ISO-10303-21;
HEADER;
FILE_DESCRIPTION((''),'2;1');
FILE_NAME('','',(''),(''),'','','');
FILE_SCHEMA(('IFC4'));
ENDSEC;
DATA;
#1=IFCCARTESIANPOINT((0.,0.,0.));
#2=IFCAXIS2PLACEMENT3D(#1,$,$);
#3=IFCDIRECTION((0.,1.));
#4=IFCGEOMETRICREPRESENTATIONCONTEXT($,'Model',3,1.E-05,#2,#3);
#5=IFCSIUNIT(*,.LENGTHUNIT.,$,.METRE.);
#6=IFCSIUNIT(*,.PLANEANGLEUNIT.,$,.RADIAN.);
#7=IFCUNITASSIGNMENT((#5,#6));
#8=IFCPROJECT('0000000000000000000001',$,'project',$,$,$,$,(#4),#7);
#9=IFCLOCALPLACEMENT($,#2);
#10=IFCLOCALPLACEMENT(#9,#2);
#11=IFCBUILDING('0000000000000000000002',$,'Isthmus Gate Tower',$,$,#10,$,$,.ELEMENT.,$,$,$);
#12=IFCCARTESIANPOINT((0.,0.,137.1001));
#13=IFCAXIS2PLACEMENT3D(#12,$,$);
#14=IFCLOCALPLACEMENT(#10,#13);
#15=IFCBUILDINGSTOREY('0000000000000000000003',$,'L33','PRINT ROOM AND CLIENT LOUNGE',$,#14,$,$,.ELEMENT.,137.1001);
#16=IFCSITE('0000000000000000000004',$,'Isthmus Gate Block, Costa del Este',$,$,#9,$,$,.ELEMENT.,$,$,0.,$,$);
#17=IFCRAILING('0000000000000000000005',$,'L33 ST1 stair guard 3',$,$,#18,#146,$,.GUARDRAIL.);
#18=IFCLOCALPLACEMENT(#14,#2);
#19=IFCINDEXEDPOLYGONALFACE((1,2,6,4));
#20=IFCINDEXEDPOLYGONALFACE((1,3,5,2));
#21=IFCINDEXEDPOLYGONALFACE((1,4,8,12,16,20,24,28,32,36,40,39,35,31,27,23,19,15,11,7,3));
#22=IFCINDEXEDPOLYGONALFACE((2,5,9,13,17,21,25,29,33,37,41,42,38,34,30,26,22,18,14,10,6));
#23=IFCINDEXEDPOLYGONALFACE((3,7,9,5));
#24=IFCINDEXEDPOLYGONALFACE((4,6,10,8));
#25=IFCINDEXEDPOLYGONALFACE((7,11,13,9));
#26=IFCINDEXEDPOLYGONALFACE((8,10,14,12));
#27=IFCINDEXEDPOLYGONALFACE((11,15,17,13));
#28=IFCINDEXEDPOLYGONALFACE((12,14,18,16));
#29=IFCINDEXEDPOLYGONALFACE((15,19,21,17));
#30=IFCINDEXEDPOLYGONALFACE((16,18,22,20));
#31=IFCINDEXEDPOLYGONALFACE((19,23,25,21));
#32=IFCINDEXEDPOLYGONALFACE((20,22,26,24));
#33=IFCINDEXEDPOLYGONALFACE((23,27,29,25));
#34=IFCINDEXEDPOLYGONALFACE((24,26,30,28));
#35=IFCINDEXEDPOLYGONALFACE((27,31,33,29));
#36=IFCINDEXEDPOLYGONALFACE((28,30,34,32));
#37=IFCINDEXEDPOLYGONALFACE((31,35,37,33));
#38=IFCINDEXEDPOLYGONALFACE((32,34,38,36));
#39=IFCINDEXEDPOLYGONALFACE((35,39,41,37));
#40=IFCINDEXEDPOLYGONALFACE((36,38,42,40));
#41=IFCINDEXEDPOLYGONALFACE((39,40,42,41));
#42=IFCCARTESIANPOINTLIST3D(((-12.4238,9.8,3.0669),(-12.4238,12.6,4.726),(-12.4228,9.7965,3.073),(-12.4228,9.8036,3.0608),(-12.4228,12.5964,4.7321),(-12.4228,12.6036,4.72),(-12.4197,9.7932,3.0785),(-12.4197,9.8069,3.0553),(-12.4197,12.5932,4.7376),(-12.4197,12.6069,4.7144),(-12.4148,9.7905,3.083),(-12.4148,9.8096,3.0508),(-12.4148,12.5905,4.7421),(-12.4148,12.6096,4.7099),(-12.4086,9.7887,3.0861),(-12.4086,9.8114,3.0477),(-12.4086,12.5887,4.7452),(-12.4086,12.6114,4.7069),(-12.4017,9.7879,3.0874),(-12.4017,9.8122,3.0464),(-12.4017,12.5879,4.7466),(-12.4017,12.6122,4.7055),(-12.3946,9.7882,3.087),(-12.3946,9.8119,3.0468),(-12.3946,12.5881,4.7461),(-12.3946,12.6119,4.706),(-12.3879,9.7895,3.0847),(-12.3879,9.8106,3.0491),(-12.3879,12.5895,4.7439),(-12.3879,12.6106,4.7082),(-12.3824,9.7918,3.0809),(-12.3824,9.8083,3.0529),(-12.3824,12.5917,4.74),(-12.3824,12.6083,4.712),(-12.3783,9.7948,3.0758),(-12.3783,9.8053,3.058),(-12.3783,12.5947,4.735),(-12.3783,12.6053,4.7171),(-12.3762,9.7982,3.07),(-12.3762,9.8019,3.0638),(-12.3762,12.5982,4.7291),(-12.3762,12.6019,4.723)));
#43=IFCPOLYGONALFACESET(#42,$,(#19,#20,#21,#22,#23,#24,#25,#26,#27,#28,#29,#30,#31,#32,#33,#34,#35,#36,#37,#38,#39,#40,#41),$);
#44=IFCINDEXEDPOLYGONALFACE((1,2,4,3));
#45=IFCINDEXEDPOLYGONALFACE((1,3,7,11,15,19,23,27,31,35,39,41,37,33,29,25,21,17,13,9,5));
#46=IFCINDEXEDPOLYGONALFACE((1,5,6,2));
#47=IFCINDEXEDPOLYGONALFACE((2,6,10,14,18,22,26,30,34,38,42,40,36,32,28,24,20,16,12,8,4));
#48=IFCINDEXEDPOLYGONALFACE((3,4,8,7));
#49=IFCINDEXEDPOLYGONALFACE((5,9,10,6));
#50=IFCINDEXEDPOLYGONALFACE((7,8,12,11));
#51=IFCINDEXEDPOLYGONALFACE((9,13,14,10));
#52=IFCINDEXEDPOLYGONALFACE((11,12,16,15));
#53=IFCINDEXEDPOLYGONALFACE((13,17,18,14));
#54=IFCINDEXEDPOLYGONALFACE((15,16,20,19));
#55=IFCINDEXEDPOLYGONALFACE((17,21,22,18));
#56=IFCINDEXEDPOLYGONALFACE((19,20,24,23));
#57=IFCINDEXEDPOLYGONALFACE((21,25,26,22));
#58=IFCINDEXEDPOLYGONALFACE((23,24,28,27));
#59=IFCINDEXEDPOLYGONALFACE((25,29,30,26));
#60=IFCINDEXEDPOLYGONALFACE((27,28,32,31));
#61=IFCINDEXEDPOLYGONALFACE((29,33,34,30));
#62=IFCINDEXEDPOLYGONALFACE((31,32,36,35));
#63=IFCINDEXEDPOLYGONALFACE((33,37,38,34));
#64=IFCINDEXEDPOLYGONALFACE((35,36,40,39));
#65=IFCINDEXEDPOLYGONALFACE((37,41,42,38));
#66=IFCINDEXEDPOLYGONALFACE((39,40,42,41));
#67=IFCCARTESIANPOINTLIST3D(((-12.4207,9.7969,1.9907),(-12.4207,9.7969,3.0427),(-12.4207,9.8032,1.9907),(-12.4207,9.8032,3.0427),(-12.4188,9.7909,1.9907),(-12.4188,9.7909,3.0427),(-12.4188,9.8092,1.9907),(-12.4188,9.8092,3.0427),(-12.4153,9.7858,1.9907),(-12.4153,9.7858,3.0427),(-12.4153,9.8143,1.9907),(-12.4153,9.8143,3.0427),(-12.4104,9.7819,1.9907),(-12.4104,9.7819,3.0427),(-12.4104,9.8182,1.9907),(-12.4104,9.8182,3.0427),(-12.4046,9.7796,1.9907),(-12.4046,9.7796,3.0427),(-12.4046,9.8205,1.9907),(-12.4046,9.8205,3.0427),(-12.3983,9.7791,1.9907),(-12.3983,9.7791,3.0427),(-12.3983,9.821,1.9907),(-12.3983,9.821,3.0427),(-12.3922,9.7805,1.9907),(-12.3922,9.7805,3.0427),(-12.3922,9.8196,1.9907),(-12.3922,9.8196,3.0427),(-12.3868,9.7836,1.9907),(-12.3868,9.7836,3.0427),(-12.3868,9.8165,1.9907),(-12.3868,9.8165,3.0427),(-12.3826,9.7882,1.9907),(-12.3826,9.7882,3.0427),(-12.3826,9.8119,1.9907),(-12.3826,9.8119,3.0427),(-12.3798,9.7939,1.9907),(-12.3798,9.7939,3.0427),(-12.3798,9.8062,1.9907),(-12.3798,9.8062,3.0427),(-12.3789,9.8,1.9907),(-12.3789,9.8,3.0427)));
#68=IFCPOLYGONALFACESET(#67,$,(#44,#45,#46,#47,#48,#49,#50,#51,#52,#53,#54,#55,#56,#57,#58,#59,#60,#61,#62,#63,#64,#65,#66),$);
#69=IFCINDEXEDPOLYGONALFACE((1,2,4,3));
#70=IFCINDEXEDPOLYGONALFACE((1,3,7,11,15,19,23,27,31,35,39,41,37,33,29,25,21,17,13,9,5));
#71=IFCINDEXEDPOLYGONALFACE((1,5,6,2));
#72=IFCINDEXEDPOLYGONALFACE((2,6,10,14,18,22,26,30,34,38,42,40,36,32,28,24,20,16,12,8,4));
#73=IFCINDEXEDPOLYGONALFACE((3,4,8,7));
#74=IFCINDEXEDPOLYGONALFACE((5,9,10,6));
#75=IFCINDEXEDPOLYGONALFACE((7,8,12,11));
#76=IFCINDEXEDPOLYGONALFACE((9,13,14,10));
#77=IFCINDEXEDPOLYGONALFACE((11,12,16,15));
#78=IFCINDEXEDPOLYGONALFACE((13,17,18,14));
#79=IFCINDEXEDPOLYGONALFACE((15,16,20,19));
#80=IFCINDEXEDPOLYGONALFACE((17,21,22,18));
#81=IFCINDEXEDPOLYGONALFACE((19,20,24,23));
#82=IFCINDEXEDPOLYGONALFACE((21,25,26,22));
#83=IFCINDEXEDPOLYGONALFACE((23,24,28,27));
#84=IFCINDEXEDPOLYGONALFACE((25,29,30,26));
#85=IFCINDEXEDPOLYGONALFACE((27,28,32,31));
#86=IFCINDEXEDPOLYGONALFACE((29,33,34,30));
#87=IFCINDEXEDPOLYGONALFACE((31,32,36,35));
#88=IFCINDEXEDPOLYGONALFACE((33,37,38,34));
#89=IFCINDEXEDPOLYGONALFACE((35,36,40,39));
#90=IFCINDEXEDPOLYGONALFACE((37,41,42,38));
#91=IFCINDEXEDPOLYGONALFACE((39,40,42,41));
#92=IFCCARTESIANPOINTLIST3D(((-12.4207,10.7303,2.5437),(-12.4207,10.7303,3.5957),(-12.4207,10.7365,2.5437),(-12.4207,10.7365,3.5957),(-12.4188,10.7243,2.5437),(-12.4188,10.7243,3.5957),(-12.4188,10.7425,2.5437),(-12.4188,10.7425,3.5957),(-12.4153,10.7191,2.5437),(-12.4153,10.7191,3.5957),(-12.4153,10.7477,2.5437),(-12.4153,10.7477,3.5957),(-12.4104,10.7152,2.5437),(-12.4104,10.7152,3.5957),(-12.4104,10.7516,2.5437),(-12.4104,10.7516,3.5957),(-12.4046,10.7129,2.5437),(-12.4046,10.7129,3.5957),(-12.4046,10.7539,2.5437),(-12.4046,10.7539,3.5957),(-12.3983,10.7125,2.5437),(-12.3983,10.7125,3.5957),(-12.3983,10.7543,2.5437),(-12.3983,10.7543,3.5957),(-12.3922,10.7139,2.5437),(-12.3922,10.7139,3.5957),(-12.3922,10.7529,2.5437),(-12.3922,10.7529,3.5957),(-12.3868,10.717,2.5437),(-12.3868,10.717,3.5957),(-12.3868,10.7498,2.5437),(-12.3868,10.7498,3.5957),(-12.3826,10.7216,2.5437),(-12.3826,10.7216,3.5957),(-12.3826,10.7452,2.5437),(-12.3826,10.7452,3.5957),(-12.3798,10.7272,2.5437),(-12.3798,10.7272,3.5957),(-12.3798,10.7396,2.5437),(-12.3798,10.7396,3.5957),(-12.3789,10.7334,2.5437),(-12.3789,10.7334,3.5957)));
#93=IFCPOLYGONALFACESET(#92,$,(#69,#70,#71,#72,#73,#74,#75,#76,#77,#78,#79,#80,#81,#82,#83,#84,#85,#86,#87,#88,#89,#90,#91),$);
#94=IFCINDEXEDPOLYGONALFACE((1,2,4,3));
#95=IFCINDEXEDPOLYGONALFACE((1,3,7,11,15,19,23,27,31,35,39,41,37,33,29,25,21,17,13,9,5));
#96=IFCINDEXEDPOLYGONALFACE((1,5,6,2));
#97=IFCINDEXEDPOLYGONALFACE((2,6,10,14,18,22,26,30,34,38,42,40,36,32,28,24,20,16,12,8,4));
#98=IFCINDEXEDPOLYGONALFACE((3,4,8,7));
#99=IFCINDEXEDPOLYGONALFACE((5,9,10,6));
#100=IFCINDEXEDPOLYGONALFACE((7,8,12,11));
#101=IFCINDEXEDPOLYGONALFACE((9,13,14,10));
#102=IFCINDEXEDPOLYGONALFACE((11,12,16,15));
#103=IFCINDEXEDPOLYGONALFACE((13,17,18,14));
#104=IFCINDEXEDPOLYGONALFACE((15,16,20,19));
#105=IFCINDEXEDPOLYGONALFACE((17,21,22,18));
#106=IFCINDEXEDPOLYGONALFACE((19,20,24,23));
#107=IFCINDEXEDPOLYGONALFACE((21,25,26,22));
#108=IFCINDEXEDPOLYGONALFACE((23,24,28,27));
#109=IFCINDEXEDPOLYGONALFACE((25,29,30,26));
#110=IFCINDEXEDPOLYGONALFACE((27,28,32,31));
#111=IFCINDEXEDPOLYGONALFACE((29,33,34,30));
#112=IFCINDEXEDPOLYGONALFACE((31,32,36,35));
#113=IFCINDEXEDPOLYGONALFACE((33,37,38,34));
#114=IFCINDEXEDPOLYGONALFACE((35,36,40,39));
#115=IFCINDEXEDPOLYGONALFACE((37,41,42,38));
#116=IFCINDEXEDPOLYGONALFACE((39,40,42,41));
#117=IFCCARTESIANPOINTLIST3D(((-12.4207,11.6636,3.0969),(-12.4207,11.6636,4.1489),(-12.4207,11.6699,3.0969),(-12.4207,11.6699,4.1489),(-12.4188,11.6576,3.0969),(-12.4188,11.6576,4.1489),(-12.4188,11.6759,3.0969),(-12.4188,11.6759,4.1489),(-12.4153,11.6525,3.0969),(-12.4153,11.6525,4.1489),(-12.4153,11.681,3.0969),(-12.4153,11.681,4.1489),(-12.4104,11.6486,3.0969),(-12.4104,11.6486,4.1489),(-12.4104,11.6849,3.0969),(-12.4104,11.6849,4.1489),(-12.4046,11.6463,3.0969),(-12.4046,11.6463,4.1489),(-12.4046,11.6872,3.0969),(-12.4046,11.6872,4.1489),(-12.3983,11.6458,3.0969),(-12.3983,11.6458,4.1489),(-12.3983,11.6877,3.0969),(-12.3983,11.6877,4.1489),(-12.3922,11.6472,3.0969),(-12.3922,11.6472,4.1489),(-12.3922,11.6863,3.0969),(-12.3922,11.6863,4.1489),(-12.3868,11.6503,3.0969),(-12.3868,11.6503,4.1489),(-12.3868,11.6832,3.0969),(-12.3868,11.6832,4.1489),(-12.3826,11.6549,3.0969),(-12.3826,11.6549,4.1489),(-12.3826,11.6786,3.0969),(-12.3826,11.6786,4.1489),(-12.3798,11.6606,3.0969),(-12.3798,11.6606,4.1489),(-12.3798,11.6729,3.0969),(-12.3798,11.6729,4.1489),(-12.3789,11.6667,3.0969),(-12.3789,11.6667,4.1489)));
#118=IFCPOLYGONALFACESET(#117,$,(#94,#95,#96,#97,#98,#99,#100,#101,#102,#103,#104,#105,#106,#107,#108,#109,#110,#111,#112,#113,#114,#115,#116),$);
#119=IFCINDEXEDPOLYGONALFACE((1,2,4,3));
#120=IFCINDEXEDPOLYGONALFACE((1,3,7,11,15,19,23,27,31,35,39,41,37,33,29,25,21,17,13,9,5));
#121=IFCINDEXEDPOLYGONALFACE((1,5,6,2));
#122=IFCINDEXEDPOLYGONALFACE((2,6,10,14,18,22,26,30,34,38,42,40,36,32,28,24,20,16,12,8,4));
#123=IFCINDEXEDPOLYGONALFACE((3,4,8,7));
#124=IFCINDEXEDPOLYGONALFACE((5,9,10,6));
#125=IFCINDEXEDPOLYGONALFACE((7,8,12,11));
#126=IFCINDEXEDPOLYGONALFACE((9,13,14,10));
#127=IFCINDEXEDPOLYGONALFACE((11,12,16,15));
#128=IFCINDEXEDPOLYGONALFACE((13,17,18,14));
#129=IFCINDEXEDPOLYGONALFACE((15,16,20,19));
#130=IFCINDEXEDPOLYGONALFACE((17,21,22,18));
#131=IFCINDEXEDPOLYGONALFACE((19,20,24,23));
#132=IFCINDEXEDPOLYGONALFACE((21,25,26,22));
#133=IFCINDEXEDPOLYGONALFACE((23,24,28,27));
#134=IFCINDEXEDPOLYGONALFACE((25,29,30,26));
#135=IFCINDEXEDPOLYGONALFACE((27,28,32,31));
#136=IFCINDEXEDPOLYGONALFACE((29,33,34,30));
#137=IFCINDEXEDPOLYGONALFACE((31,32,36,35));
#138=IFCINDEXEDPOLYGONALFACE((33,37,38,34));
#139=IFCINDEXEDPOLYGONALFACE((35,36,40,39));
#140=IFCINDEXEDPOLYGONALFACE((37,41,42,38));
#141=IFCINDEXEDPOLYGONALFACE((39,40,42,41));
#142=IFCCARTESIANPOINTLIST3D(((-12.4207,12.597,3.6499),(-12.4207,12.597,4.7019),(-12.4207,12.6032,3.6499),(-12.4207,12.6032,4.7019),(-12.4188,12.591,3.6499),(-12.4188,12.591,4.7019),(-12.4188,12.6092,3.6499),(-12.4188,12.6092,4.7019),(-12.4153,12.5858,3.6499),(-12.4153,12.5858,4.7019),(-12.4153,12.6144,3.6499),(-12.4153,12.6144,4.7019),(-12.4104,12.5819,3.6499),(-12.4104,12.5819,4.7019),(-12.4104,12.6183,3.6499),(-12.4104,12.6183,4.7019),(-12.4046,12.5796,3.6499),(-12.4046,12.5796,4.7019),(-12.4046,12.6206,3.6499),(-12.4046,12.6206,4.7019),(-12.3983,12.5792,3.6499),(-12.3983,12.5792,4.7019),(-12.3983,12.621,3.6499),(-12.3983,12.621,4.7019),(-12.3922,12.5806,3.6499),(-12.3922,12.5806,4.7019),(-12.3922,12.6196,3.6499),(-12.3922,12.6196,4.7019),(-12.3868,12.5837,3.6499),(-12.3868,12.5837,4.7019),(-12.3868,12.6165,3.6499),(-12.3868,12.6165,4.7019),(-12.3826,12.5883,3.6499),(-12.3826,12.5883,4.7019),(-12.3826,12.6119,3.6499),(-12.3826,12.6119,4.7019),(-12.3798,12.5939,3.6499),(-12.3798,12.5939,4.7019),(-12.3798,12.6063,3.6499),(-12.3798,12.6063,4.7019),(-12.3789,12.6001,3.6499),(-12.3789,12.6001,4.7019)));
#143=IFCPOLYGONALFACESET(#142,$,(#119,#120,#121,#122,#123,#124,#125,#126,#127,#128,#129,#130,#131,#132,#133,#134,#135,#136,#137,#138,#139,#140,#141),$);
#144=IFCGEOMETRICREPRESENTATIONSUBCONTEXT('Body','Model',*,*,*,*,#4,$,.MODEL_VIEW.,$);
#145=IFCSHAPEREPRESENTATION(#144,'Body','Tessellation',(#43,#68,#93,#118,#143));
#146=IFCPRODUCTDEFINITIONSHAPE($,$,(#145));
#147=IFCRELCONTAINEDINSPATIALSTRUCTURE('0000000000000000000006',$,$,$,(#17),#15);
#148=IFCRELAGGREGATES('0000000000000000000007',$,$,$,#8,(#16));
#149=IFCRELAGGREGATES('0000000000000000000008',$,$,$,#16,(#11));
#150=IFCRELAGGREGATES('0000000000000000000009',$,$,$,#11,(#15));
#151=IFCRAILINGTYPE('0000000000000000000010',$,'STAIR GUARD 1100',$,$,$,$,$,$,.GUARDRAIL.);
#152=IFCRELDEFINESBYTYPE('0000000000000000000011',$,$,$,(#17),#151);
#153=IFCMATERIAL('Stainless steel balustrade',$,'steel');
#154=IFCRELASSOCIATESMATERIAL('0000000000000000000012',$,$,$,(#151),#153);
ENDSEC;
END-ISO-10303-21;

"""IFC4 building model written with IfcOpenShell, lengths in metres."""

from ifc_helpers import new_model, si_unit, direction, frame, origin, origin_2d, place, context, subcontext, project, spatial, circle, extrude, material, type_object, element, save


model = new_model("IFC4")

# Units and contexts
model_context = context("Model", 3, precision=1e-05, world=origin(), true_north=direction((0.0, 1.0)))
body_context = subcontext(model_context, "Body", "Model", "MODEL_VIEW")
ifc_project = project(units=[si_unit("LENGTHUNIT", "METRE"), si_unit("PLANEANGLEUNIT", "RADIAN")], contexts=[model_context])

# Site, building, storey
site_placement = place(None, origin())
site = spatial("IfcSite", under=ifc_project, at=site_placement, Name="Isthmus Gate Block, Costa del Este", CompositionType="ELEMENT", RefElevation=0.0)
building_placement = place(site_placement, origin())
building = spatial("IfcBuilding", under=site, at=building_placement, Name="Isthmus Gate Tower", CompositionType="ELEMENT")
storey_placement = place(building_placement, frame((0.0, 0.0, 137.1001)))
storey = spatial("IfcBuildingStorey", under=building, at=storey_placement, Name="L33", Description="PRINT ROOM AND CLIENT LOUNGE", CompositionType="ELEMENT", Elevation=137.1001)

# Railing
ifc_material_1 = material(Name="Stainless steel balustrade", Category="steel")
railing_type_1 = type_object("IfcRailingType", Name="STAIR GUARD 1100", PredefinedType="GUARDRAIL", material=ifc_material_1)
railing_1_placement = place(storey_placement, frame((-12.3999, 9.8, 1.9907)))
element("IfcRailing", 1, at=railing_1_placement, inside=storey, type_object=railing_type_1, Name="L33 ST1 stair guard 3", PredefinedType="GUARDRAIL", context=body_context, shape_type="SweptSolid", body=[
    extrude(circle(Radius=0.0239, at=origin_2d()), frame((0.0, 0.0, 1.0762), z_axis=(0.0, 0.860306, 0.509778), x_axis=(-1.0, 0.0, 0.0)), (0.0, 0.0, 1.0), 3.2546),
    extrude(circle(Radius=0.021, at=origin_2d()), origin(), (0.0, 0.0, 1.0), 1.052),
    extrude(circle(Radius=0.021, at=origin_2d()), frame((0.0, 0.9333, 0.553)), (0.0, 0.0, 1.0), 1.052),
    extrude(circle(Radius=0.021, at=origin_2d()), frame((0.0, 1.8667, 1.1062)), (0.0, 0.0, 1.0), 1.052),
    extrude(circle(Radius=0.021, at=origin_2d()), frame((0.0, 2.8, 1.6592)), (0.0, 0.0, 1.0), 1.052),
])

save(model, "model.ifc")
